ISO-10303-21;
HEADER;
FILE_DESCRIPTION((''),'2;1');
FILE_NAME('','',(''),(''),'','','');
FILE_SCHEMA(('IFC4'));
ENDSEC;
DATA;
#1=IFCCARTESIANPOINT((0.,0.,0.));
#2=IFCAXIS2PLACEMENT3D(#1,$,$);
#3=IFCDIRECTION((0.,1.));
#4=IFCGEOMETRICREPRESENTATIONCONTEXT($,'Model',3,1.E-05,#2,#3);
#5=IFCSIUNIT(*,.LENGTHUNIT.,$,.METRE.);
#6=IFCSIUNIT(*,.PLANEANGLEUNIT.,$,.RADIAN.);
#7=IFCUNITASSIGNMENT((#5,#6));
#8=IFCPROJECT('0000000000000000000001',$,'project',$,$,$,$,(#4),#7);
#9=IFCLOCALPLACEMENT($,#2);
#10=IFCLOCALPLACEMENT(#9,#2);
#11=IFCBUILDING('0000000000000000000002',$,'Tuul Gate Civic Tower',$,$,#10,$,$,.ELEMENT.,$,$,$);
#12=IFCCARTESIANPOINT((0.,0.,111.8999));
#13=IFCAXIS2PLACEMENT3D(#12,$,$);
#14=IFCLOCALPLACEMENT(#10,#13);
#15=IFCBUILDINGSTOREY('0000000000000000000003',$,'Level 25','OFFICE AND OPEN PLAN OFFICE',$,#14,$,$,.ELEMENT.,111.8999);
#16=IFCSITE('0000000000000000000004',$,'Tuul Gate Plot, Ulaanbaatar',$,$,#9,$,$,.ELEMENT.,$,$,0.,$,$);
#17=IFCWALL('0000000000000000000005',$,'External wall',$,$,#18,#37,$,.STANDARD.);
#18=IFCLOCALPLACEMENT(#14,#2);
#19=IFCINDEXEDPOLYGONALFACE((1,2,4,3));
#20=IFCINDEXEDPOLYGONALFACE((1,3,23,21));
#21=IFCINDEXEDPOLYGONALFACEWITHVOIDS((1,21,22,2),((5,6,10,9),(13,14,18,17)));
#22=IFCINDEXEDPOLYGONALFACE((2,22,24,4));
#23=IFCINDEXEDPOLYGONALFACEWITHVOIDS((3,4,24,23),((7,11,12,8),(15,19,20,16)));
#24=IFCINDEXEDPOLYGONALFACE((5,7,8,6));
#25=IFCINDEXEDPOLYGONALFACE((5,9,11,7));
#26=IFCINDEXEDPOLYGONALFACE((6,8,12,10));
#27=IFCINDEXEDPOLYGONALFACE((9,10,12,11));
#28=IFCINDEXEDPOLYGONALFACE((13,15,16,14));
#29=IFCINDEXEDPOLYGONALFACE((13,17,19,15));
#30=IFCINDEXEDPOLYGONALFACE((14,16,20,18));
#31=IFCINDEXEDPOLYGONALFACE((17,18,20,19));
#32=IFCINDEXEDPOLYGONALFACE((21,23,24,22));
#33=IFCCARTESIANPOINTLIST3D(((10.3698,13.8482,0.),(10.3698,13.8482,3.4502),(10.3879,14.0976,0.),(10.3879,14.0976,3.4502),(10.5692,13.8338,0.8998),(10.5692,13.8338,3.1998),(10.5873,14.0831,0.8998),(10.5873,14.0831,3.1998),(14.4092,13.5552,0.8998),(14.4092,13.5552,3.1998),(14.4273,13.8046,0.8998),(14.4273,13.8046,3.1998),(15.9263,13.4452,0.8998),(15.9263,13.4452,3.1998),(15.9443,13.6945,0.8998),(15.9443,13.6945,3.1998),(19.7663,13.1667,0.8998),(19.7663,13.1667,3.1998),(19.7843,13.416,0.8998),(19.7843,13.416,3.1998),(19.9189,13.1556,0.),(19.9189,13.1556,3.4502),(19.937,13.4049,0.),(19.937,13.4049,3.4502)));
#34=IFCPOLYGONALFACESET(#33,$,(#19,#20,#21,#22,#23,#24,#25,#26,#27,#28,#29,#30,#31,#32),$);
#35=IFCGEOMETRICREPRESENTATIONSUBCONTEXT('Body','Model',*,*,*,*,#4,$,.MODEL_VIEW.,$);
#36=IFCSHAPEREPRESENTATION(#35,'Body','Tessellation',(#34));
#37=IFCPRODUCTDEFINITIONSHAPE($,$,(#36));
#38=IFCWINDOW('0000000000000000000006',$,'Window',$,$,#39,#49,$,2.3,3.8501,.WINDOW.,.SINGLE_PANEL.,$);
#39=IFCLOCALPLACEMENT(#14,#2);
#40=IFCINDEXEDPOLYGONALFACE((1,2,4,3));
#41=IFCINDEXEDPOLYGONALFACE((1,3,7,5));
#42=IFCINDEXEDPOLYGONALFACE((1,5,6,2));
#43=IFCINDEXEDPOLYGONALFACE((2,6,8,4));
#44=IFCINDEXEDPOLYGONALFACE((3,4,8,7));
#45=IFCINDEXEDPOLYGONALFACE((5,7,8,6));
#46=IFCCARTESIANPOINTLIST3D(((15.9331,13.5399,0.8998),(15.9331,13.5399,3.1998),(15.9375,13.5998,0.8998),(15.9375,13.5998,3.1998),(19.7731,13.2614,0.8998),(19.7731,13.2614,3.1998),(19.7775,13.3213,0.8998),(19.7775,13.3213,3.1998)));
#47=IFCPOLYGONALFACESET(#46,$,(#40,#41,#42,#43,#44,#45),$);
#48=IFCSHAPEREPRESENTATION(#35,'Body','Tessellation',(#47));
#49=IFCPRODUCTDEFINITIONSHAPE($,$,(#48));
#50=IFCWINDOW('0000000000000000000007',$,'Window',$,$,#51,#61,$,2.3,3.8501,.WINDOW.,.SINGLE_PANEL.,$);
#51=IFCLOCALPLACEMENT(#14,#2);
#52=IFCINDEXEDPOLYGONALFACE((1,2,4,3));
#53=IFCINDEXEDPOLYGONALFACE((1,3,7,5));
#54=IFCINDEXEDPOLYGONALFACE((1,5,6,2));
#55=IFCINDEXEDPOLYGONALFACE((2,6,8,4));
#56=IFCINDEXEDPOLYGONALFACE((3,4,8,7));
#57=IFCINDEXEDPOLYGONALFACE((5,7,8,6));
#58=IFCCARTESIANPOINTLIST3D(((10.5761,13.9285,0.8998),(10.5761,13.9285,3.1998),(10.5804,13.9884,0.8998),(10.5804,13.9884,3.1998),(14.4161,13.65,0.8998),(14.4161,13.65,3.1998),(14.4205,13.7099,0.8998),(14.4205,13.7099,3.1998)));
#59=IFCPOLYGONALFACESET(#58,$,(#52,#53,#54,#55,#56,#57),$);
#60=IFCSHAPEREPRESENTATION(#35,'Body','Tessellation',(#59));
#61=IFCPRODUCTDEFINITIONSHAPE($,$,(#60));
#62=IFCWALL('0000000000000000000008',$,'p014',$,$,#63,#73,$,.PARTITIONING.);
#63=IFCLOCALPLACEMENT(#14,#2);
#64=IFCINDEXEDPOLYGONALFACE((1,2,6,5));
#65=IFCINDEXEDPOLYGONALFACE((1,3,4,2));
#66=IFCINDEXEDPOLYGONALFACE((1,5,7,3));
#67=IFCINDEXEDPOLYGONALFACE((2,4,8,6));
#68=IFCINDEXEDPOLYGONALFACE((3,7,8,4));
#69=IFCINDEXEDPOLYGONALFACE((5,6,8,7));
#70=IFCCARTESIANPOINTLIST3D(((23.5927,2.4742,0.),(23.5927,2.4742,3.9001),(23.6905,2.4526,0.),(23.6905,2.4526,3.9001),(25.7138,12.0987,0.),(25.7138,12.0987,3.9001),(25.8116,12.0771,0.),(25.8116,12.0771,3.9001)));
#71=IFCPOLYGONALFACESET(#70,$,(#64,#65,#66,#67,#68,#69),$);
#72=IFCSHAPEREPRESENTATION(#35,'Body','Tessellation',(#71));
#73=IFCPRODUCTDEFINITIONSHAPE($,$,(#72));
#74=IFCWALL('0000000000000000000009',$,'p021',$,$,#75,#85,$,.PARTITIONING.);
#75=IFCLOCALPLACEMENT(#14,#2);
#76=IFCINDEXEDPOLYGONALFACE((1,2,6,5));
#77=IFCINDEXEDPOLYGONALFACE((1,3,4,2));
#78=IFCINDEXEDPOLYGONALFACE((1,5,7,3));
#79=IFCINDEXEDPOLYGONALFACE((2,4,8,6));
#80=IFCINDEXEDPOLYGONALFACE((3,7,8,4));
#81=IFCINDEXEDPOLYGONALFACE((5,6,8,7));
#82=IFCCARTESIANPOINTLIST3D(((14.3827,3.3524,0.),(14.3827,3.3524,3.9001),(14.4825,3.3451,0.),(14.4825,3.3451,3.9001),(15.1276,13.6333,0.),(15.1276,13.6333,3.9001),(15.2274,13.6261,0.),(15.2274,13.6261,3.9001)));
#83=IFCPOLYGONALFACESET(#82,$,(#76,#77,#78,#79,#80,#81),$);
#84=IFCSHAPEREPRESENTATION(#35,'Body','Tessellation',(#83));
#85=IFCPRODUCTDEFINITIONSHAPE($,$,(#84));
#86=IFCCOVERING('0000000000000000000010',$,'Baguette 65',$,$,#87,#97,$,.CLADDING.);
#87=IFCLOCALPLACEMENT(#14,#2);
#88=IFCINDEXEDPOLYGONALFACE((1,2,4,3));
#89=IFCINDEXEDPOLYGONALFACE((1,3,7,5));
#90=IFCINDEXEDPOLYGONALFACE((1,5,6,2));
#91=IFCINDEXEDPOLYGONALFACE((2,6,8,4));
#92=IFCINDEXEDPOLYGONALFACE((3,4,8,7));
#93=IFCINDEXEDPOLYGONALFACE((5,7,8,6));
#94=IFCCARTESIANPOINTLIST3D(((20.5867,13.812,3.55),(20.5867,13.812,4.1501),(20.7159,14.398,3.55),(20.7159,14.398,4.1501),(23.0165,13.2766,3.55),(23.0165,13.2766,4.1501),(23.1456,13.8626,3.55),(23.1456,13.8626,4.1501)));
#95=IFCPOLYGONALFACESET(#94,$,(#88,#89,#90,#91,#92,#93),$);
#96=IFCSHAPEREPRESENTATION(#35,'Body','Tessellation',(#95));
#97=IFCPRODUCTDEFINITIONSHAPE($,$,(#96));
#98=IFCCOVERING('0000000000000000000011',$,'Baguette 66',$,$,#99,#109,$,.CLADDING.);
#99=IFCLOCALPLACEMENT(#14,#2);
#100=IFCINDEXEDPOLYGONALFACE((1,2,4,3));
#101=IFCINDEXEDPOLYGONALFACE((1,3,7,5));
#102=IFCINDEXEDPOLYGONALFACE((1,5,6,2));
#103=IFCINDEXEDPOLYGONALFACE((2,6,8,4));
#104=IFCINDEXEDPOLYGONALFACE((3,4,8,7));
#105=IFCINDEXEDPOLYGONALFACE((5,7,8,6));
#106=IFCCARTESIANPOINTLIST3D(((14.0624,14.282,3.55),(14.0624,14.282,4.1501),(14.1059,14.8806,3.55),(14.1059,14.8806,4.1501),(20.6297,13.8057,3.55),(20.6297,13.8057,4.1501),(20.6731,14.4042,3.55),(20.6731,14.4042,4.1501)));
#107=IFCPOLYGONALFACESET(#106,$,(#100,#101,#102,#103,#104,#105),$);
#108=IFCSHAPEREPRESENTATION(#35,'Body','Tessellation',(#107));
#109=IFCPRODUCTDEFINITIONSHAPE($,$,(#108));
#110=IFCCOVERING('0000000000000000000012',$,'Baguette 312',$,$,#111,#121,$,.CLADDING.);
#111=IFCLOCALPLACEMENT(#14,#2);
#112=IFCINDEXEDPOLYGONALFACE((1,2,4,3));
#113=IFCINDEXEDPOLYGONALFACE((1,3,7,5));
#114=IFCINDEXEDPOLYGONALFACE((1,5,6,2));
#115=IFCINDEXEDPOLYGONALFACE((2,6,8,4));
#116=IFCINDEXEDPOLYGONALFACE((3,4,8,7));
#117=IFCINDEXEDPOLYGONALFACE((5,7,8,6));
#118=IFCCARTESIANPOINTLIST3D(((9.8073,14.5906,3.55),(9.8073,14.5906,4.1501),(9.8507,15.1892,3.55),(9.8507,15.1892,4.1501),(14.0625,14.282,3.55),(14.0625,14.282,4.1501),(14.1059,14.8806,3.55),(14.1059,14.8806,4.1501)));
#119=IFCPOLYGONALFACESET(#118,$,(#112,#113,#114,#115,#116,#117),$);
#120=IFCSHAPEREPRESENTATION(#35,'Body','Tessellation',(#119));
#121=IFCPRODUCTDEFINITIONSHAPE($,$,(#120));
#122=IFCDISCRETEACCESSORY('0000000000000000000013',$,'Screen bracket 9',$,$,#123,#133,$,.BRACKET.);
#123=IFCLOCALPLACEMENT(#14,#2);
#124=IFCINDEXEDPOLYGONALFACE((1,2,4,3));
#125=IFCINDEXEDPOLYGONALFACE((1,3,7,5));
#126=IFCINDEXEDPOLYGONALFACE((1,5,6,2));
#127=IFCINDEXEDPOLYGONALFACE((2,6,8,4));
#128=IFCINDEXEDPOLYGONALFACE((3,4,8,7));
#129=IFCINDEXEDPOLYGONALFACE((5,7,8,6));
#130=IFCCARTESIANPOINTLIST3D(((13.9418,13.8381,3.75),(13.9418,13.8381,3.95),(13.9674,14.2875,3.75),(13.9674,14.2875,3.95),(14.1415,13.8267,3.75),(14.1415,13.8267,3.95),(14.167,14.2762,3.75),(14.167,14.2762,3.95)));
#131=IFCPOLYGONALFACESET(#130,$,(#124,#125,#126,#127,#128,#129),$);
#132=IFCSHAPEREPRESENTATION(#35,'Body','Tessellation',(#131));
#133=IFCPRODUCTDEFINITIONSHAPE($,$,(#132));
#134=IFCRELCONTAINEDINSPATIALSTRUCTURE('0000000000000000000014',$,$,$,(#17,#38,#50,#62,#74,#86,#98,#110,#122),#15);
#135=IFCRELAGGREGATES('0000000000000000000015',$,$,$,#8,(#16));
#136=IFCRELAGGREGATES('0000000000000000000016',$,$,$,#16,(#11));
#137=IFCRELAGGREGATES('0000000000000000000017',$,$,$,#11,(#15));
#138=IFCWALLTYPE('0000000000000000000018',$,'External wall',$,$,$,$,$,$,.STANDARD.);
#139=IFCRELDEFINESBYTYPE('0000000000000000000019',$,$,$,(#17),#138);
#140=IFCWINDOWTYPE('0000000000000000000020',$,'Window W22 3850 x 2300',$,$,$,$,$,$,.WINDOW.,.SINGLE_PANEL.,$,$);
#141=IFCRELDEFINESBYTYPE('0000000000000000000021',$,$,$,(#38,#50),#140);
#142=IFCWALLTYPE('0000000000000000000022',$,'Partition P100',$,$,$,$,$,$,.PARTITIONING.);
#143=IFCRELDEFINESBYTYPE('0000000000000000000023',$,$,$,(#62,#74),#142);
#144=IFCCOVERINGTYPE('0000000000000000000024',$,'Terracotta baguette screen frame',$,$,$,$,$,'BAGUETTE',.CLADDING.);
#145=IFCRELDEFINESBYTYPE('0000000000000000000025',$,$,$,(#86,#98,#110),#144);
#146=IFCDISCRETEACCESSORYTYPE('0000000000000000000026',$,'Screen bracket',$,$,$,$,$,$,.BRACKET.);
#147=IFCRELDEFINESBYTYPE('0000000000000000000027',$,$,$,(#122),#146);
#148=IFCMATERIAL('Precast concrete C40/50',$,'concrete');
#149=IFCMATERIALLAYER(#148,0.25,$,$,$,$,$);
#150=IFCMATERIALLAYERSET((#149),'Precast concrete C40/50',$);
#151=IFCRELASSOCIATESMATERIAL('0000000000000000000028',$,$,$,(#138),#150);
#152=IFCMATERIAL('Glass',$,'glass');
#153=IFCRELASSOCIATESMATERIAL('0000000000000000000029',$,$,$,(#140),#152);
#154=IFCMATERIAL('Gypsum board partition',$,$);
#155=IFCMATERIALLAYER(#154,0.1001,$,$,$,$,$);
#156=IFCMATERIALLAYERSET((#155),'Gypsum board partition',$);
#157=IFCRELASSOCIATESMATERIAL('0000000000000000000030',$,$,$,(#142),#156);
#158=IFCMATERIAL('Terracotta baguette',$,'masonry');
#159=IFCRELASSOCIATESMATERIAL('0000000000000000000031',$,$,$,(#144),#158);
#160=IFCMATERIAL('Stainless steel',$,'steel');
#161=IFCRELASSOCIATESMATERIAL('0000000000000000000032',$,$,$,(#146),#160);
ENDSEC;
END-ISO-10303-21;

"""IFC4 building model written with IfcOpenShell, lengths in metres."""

from ifc_helpers import new_model, si_unit, direction, frame, frame_2d, origin, origin_2d, place, context, subcontext, project, spatial, rectangle, extrude, material, layer, layer_set, material_profile, profile_set, type_object, element, fill, save


model = new_model("IFC4")

# Units and contexts
model_context = context("Model", 3, precision=1e-05, world=origin(), true_north=direction((0.0, 1.0)))
body_context = subcontext(model_context, "Body", "Model", "MODEL_VIEW")
ifc_project = project(units=[si_unit("LENGTHUNIT", "METRE"), si_unit("PLANEANGLEUNIT", "RADIAN")], contexts=[model_context])

# Site, building, storey
site_placement = place(None, origin())
site = spatial("IfcSite", under=ifc_project, at=site_placement, Name="Tuul Gate Plot, Ulaanbaatar", CompositionType="ELEMENT", RefElevation=0.0)
building_placement = place(site_placement, origin())
building = spatial("IfcBuilding", under=site, at=building_placement, Name="Tuul Gate Civic Tower", CompositionType="ELEMENT")
storey_placement = place(building_placement, frame((0.0, 0.0, 111.8999)))
storey = spatial("IfcBuildingStorey", under=building, at=storey_placement, Name="Level 25", Description="OFFICE AND OPEN PLAN OFFICE", CompositionType="ELEMENT", Elevation=111.8999)

# Wall, openings, windows
ifc_material_1 = material(Name="Precast concrete C40/50", Category="concrete")
ifc_layer_1 = layer(ifc_material_1, 0.25)
ifc_layer_set_1 = layer_set([ifc_layer_1], Name="Precast concrete C40/50")
wall_type_1 = type_object("IfcWallType", Name="External wall", PredefinedType="STANDARD", material=ifc_layer_set_1)
ifc_material_2 = material(Name="Glass", Category="glass")
window_type = type_object("IfcWindowType", Name="Window W22 3850 x 2300", PartitioningType="SINGLE_PANEL", PredefinedType="WINDOW", material=ifc_material_2)
wall_1_placement = place(storey_placement, frame((19.928, 13.2803, 0.0), z_axis=(0.0, 0.0, 1.0), x_axis=(-0.99738, 0.072343, 0.0)))
wall_1 = element("IfcWall", 1, at=wall_1_placement, inside=storey, type_object=wall_type_1, Name="External wall", PredefinedType="STANDARD", context=body_context, shape_type="SweptSolid", body=[
    extrude(rectangle(XDim=9.5742, YDim=0.25, at=frame_2d((4.7871, 0.0))), origin(), (0.0, 0.0, 1.0), 3.4502),
])
opening_1_placement = place(wall_1_placement, frame((0.1531, 0.0, 0.8999)))
opening_1 = element("IfcOpeningElement", 2, at=opening_1_placement, cuts=wall_1, PredefinedType="OPENING", context=body_context, shape_type="SweptSolid", body=[
    extrude(rectangle(XDim=3.8501, YDim=2.3, at=frame_2d((1.925, 1.1499))), frame((0.0, 0.135, 0.0), z_axis=(0.0, -1.0, 0.0), x_axis=(1.0, 0.0, 0.0)), (0.0, 0.0, 1.0), 0.27),
])
opening_2_placement = place(wall_1_placement, frame((5.5242, 0.0, 0.8999)))
opening_2 = element("IfcOpeningElement", 3, at=opening_2_placement, cuts=wall_1, PredefinedType="OPENING", context=body_context, shape_type="SweptSolid", body=[
    extrude(rectangle(XDim=3.8501, YDim=2.3, at=frame_2d((1.925, 1.1499))), frame((0.0, 0.135, 0.0), z_axis=(0.0, -1.0, 0.0), x_axis=(1.0, 0.0, 0.0)), (0.0, 0.0, 1.0), 0.27),
])
window_1_placement = place(opening_1_placement, origin())
window_1 = element("IfcWindow", 4, at=window_1_placement, inside=storey, type_object=window_type, Name="Window", OverallHeight=2.3, OverallWidth=3.8501, PartitioningType="SINGLE_PANEL", PredefinedType="WINDOW", context=body_context, shape_type="SweptSolid", body=[
    extrude(rectangle(XDim=3.8501, YDim=2.3, at=frame_2d((1.925, 1.1499))), frame((0.0, 0.03, 0.0), z_axis=(0.0, -1.0, 0.0), x_axis=(1.0, 0.0, 0.0)), (0.0, 0.0, 1.0), 0.0601),
])
fill(opening_1, window_1)
window_2_placement = place(opening_2_placement, origin())
window_2 = element("IfcWindow", 5, at=window_2_placement, inside=storey, type_object=window_type, Name="Window", OverallHeight=2.3, OverallWidth=3.8501, PartitioningType="SINGLE_PANEL", PredefinedType="WINDOW", context=body_context, shape_type="SweptSolid", body=[
    extrude(rectangle(XDim=3.8501, YDim=2.3, at=frame_2d((1.925, 1.1499))), frame((0.0, 0.03, 0.0), z_axis=(0.0, -1.0, 0.0), x_axis=(1.0, 0.0, 0.0)), (0.0, 0.0, 1.0), 0.0601),
])
fill(opening_2, window_2)

# Walls
ifc_material_3 = material(Name="Gypsum board partition")
ifc_layer_2 = layer(ifc_material_3, 0.1001)
ifc_layer_set_2 = layer_set([ifc_layer_2], Name="Gypsum board partition")
wall_type_2 = type_object("IfcWallType", Name="Partition P100", PredefinedType="PARTITIONING", material=ifc_layer_set_2)
wall_2_placement = place(storey_placement, frame((23.6416, 2.4634, 0.0), z_axis=(0.0, 0.0, 1.0), x_axis=(0.21522, 0.976566, 0.0)))
element("IfcWall", 6, at=wall_2_placement, inside=storey, type_object=wall_type_2, Name="p014", PredefinedType="PARTITIONING", context=body_context, shape_type="SweptSolid", body=[
    extrude(rectangle(XDim=9.8555, YDim=0.1001, at=frame_2d((4.9277, 0.0))), origin(), (0.0, 0.0, 1.0), 3.9001),
])
wall_3_placement = place(storey_placement, frame((14.4326, 3.3489, 0.0), z_axis=(0.0, 0.0, 1.0), x_axis=(0.072262, 0.997386, 0.0)))
element("IfcWall", 7, at=wall_3_placement, inside=storey, type_object=wall_type_2, Name="p021", PredefinedType="PARTITIONING", context=body_context, shape_type="SweptSolid", body=[
    extrude(rectangle(XDim=10.3079, YDim=0.1001, at=frame_2d((5.1538, 0.0))), origin(), (0.0, 0.0, 1.0), 3.9001),
])

# Coverings
ifc_material_4 = material(Name="Terracotta baguette", Category="masonry")
ifc_material_profile_1 = material_profile(ifc_material_4, rectangle(XDim=0.6001, YDim=0.6001, at=origin_2d()), Name="Terracotta baguette screen frame")
ifc_profile_set_1 = profile_set([ifc_material_profile_1], Name="Terracotta baguette")
covering_type = type_object("IfcCoveringType", Name="Terracotta baguette screen frame", ElementType="BAGUETTE", PredefinedType="CLADDING", material=ifc_profile_set_1)
covering_1_placement = place(storey_placement, frame((23.0811, 13.5696, 3.8501), z_axis=(-0.976571, 0.215195, 0.0), x_axis=(-0.215195, -0.976571, 0.0)))
element("IfcCovering", 8, at=covering_1_placement, inside=storey, type_object=covering_type, Name="Baguette 65", PredefinedType="CLADDING", context=body_context, shape_type="SweptSolid", body=[
    extrude(rectangle(XDim=0.6001, YDim=0.6001, at=origin_2d()), origin(), (0.0, 0.0, 1.0), 2.488),
])
covering_2_placement = place(storey_placement, frame((20.6514, 14.105, 3.8501), z_axis=(-0.99738, 0.072341, 0.0), x_axis=(-0.072341, -0.99738, 0.0)))
element("IfcCovering", 9, at=covering_2_placement, inside=storey, type_object=covering_type, Name="Baguette 66", PredefinedType="CLADDING", context=body_context, shape_type="SweptSolid", body=[
    extrude(rectangle(XDim=0.6001, YDim=0.6001, at=origin_2d()), origin(), (0.0, 0.0, 1.0), 6.5845),
])
covering_3_placement = place(storey_placement, frame((14.0842, 14.5813, 3.8501), z_axis=(-0.997381, 0.072333, 0.0), x_axis=(-0.072333, -0.997381, 0.0)))
element("IfcCovering", 10, at=covering_3_placement, inside=storey, type_object=covering_type, Name="Baguette 312", PredefinedType="CLADDING", context=body_context, shape_type="SweptSolid", body=[
    extrude(rectangle(XDim=0.6001, YDim=0.6001, at=origin_2d()), origin(), (0.0, 0.0, 1.0), 4.2664),
])

# Discrete accessory
ifc_material_5 = material(Name="Stainless steel", Category="steel")
discrete_accessory_type = type_object("IfcDiscreteAccessoryType", Name="Screen bracket", PredefinedType="BRACKET", material=ifc_material_5)
discrete_accessory_placement = place(storey_placement, frame((14.0544, 14.0571, 3.75), z_axis=(0.0, 0.0, 1.0), x_axis=(0.056822, 0.998384, 0.0)))
element("IfcDiscreteAccessory", 11, at=discrete_accessory_placement, inside=storey, type_object=discrete_accessory_type, Name="Screen bracket 9", PredefinedType="BRACKET", context=body_context, shape_type="SweptSolid", body=[
    extrude(rectangle(XDim=0.4502, YDim=0.2, at=origin_2d()), origin(), (0.0, 0.0, 1.0), 0.2),
])

save(model, "model.ifc")
